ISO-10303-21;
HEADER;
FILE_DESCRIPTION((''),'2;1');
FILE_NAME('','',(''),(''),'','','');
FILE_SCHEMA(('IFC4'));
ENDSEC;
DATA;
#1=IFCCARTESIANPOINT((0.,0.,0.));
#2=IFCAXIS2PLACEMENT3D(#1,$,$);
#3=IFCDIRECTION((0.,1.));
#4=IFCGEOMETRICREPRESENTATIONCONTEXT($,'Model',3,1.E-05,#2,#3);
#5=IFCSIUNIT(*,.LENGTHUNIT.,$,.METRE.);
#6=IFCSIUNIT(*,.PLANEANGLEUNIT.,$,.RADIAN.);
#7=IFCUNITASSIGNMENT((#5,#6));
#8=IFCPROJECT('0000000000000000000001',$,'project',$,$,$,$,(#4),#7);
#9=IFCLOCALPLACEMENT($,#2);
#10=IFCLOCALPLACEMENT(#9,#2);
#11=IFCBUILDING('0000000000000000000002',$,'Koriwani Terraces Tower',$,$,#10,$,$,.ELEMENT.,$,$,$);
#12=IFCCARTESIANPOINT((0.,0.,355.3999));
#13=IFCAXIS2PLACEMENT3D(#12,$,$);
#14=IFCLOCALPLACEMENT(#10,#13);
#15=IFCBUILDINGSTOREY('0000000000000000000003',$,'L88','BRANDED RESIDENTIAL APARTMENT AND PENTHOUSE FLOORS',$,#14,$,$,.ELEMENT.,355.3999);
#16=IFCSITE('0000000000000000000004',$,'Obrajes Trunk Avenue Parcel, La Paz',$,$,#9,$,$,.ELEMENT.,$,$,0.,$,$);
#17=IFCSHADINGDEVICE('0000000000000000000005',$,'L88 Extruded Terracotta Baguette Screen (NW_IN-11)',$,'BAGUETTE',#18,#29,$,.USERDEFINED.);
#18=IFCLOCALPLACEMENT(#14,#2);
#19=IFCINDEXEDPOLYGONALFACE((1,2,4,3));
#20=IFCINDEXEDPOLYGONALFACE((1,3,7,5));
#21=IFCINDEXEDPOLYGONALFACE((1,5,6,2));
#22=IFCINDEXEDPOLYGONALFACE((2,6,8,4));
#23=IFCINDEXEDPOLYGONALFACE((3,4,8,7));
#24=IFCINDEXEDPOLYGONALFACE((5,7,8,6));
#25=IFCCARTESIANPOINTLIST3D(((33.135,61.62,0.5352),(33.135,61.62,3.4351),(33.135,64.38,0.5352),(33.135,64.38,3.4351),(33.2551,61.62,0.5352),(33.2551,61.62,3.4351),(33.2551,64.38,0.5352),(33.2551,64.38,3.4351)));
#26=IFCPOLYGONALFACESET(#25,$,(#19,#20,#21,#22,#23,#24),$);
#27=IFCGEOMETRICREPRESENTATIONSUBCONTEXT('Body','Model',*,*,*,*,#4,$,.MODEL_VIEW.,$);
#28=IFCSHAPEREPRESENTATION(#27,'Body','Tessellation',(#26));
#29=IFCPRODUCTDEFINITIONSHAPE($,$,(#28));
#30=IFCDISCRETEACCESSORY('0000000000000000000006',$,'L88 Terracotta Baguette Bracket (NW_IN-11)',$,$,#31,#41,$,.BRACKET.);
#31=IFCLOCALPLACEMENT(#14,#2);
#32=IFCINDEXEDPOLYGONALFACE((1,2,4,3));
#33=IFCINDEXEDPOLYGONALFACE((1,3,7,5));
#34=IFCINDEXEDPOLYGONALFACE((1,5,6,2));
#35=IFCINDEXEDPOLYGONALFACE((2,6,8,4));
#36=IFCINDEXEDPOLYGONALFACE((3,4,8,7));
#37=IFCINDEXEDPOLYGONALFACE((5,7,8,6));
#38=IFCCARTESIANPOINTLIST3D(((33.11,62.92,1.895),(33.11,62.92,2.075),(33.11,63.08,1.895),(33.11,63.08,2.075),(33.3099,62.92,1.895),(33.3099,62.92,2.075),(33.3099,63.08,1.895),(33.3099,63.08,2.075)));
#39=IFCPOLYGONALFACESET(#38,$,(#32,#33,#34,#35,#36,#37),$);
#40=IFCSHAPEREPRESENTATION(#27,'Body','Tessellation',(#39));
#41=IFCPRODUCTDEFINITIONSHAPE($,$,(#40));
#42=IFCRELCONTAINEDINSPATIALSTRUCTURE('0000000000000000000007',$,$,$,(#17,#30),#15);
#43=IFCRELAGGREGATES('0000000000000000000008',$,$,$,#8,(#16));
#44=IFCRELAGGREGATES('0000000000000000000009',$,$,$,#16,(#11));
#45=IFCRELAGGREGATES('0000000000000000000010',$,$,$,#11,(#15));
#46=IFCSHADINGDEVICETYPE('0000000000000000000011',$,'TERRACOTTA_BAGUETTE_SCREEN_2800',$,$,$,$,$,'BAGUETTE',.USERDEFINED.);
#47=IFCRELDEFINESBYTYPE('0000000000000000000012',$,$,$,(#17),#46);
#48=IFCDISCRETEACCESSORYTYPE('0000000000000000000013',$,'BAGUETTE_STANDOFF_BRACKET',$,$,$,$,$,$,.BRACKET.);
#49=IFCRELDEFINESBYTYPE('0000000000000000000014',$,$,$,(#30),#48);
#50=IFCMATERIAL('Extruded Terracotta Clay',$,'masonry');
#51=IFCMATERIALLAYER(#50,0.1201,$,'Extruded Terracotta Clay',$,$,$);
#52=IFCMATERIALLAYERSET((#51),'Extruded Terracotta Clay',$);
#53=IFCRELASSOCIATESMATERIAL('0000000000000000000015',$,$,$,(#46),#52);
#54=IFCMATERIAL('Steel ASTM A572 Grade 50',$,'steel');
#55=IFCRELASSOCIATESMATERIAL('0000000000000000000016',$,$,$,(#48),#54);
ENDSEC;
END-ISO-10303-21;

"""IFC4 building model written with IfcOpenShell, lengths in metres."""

from ifc_helpers import new_model, si_unit, direction, frame, origin, origin_2d, place, context, subcontext, project, spatial, rectangle, extrude, material, layer, layer_set, type_object, element, save


model = new_model("IFC4")

# Units and contexts
model_context = context("Model", 3, precision=1e-05, world=origin(), true_north=direction((0.0, 1.0)))
body_context = subcontext(model_context, "Body", "Model", "MODEL_VIEW")
ifc_project = project(units=[si_unit("LENGTHUNIT", "METRE"), si_unit("PLANEANGLEUNIT", "RADIAN")], contexts=[model_context])

# Site, building, storey
site_placement = place(None, origin())
site = spatial("IfcSite", under=ifc_project, at=site_placement, Name="Obrajes Trunk Avenue Parcel, La Paz", CompositionType="ELEMENT", RefElevation=0.0)
building_placement = place(site_placement, origin())
building = spatial("IfcBuilding", under=site, at=building_placement, Name="Koriwani Terraces Tower", CompositionType="ELEMENT")
storey_placement = place(building_placement, frame((0.0, 0.0, 355.3999)))
storey = spatial("IfcBuildingStorey", under=building, at=storey_placement, Name="L88", Description="BRANDED RESIDENTIAL APARTMENT AND PENTHOUSE FLOORS", CompositionType="ELEMENT", Elevation=355.3999)

# Shared definitions
ifc_material_1 = material(Name="Steel ASTM A572 Grade 50", Category="steel")

# Shading device
ifc_material_2 = material(Name="Extruded Terracotta Clay", Category="masonry")
ifc_layer_1 = layer(ifc_material_2, 0.1201, Name="Extruded Terracotta Clay")
ifc_layer_set_1 = layer_set([ifc_layer_1], Name="Extruded Terracotta Clay")
shading_device_type = type_object("IfcShadingDeviceType", Name="TERRACOTTA_BAGUETTE_SCREEN_2800", ElementType="BAGUETTE", PredefinedType="USERDEFINED", material=ifc_layer_set_1)
shading_device_placement = place(storey_placement, frame((33.1951, 63.0, 0.5352), z_axis=(0.0, 0.0, 1.0), x_axis=(0.0, -1.0, 0.0)))
element("IfcShadingDevice", 1, at=shading_device_placement, inside=storey, type_object=shading_device_type, Name="L88 Extruded Terracotta Baguette Screen (NW_IN-11)", ObjectType="BAGUETTE", PredefinedType="USERDEFINED", context=body_context, shape_type="SweptSolid", body=[
    extrude(rectangle(XDim=2.76, YDim=0.1201, at=origin_2d()), origin(), (0.0, 0.0, 1.0), 2.8999),
])

# Discrete accessory
discrete_accessory_type = type_object("IfcDiscreteAccessoryType", Name="BAGUETTE_STANDOFF_BRACKET", PredefinedType="BRACKET", material=ifc_material_1)
discrete_accessory_placement = place(storey_placement, frame((33.21, 63.0, 1.895), z_axis=(0.0, 0.0, 1.0), x_axis=(0.0, -1.0, 0.0)))
element("IfcDiscreteAccessory", 2, at=discrete_accessory_placement, inside=storey, type_object=discrete_accessory_type, Name="L88 Terracotta Baguette Bracket (NW_IN-11)", PredefinedType="BRACKET", context=body_context, shape_type="SweptSolid", body=[
    extrude(rectangle(XDim=0.1599, YDim=0.2, at=origin_2d()), origin(), (0.0, 0.0, 1.0), 0.1799),
])

save(model, "model.ifc")
